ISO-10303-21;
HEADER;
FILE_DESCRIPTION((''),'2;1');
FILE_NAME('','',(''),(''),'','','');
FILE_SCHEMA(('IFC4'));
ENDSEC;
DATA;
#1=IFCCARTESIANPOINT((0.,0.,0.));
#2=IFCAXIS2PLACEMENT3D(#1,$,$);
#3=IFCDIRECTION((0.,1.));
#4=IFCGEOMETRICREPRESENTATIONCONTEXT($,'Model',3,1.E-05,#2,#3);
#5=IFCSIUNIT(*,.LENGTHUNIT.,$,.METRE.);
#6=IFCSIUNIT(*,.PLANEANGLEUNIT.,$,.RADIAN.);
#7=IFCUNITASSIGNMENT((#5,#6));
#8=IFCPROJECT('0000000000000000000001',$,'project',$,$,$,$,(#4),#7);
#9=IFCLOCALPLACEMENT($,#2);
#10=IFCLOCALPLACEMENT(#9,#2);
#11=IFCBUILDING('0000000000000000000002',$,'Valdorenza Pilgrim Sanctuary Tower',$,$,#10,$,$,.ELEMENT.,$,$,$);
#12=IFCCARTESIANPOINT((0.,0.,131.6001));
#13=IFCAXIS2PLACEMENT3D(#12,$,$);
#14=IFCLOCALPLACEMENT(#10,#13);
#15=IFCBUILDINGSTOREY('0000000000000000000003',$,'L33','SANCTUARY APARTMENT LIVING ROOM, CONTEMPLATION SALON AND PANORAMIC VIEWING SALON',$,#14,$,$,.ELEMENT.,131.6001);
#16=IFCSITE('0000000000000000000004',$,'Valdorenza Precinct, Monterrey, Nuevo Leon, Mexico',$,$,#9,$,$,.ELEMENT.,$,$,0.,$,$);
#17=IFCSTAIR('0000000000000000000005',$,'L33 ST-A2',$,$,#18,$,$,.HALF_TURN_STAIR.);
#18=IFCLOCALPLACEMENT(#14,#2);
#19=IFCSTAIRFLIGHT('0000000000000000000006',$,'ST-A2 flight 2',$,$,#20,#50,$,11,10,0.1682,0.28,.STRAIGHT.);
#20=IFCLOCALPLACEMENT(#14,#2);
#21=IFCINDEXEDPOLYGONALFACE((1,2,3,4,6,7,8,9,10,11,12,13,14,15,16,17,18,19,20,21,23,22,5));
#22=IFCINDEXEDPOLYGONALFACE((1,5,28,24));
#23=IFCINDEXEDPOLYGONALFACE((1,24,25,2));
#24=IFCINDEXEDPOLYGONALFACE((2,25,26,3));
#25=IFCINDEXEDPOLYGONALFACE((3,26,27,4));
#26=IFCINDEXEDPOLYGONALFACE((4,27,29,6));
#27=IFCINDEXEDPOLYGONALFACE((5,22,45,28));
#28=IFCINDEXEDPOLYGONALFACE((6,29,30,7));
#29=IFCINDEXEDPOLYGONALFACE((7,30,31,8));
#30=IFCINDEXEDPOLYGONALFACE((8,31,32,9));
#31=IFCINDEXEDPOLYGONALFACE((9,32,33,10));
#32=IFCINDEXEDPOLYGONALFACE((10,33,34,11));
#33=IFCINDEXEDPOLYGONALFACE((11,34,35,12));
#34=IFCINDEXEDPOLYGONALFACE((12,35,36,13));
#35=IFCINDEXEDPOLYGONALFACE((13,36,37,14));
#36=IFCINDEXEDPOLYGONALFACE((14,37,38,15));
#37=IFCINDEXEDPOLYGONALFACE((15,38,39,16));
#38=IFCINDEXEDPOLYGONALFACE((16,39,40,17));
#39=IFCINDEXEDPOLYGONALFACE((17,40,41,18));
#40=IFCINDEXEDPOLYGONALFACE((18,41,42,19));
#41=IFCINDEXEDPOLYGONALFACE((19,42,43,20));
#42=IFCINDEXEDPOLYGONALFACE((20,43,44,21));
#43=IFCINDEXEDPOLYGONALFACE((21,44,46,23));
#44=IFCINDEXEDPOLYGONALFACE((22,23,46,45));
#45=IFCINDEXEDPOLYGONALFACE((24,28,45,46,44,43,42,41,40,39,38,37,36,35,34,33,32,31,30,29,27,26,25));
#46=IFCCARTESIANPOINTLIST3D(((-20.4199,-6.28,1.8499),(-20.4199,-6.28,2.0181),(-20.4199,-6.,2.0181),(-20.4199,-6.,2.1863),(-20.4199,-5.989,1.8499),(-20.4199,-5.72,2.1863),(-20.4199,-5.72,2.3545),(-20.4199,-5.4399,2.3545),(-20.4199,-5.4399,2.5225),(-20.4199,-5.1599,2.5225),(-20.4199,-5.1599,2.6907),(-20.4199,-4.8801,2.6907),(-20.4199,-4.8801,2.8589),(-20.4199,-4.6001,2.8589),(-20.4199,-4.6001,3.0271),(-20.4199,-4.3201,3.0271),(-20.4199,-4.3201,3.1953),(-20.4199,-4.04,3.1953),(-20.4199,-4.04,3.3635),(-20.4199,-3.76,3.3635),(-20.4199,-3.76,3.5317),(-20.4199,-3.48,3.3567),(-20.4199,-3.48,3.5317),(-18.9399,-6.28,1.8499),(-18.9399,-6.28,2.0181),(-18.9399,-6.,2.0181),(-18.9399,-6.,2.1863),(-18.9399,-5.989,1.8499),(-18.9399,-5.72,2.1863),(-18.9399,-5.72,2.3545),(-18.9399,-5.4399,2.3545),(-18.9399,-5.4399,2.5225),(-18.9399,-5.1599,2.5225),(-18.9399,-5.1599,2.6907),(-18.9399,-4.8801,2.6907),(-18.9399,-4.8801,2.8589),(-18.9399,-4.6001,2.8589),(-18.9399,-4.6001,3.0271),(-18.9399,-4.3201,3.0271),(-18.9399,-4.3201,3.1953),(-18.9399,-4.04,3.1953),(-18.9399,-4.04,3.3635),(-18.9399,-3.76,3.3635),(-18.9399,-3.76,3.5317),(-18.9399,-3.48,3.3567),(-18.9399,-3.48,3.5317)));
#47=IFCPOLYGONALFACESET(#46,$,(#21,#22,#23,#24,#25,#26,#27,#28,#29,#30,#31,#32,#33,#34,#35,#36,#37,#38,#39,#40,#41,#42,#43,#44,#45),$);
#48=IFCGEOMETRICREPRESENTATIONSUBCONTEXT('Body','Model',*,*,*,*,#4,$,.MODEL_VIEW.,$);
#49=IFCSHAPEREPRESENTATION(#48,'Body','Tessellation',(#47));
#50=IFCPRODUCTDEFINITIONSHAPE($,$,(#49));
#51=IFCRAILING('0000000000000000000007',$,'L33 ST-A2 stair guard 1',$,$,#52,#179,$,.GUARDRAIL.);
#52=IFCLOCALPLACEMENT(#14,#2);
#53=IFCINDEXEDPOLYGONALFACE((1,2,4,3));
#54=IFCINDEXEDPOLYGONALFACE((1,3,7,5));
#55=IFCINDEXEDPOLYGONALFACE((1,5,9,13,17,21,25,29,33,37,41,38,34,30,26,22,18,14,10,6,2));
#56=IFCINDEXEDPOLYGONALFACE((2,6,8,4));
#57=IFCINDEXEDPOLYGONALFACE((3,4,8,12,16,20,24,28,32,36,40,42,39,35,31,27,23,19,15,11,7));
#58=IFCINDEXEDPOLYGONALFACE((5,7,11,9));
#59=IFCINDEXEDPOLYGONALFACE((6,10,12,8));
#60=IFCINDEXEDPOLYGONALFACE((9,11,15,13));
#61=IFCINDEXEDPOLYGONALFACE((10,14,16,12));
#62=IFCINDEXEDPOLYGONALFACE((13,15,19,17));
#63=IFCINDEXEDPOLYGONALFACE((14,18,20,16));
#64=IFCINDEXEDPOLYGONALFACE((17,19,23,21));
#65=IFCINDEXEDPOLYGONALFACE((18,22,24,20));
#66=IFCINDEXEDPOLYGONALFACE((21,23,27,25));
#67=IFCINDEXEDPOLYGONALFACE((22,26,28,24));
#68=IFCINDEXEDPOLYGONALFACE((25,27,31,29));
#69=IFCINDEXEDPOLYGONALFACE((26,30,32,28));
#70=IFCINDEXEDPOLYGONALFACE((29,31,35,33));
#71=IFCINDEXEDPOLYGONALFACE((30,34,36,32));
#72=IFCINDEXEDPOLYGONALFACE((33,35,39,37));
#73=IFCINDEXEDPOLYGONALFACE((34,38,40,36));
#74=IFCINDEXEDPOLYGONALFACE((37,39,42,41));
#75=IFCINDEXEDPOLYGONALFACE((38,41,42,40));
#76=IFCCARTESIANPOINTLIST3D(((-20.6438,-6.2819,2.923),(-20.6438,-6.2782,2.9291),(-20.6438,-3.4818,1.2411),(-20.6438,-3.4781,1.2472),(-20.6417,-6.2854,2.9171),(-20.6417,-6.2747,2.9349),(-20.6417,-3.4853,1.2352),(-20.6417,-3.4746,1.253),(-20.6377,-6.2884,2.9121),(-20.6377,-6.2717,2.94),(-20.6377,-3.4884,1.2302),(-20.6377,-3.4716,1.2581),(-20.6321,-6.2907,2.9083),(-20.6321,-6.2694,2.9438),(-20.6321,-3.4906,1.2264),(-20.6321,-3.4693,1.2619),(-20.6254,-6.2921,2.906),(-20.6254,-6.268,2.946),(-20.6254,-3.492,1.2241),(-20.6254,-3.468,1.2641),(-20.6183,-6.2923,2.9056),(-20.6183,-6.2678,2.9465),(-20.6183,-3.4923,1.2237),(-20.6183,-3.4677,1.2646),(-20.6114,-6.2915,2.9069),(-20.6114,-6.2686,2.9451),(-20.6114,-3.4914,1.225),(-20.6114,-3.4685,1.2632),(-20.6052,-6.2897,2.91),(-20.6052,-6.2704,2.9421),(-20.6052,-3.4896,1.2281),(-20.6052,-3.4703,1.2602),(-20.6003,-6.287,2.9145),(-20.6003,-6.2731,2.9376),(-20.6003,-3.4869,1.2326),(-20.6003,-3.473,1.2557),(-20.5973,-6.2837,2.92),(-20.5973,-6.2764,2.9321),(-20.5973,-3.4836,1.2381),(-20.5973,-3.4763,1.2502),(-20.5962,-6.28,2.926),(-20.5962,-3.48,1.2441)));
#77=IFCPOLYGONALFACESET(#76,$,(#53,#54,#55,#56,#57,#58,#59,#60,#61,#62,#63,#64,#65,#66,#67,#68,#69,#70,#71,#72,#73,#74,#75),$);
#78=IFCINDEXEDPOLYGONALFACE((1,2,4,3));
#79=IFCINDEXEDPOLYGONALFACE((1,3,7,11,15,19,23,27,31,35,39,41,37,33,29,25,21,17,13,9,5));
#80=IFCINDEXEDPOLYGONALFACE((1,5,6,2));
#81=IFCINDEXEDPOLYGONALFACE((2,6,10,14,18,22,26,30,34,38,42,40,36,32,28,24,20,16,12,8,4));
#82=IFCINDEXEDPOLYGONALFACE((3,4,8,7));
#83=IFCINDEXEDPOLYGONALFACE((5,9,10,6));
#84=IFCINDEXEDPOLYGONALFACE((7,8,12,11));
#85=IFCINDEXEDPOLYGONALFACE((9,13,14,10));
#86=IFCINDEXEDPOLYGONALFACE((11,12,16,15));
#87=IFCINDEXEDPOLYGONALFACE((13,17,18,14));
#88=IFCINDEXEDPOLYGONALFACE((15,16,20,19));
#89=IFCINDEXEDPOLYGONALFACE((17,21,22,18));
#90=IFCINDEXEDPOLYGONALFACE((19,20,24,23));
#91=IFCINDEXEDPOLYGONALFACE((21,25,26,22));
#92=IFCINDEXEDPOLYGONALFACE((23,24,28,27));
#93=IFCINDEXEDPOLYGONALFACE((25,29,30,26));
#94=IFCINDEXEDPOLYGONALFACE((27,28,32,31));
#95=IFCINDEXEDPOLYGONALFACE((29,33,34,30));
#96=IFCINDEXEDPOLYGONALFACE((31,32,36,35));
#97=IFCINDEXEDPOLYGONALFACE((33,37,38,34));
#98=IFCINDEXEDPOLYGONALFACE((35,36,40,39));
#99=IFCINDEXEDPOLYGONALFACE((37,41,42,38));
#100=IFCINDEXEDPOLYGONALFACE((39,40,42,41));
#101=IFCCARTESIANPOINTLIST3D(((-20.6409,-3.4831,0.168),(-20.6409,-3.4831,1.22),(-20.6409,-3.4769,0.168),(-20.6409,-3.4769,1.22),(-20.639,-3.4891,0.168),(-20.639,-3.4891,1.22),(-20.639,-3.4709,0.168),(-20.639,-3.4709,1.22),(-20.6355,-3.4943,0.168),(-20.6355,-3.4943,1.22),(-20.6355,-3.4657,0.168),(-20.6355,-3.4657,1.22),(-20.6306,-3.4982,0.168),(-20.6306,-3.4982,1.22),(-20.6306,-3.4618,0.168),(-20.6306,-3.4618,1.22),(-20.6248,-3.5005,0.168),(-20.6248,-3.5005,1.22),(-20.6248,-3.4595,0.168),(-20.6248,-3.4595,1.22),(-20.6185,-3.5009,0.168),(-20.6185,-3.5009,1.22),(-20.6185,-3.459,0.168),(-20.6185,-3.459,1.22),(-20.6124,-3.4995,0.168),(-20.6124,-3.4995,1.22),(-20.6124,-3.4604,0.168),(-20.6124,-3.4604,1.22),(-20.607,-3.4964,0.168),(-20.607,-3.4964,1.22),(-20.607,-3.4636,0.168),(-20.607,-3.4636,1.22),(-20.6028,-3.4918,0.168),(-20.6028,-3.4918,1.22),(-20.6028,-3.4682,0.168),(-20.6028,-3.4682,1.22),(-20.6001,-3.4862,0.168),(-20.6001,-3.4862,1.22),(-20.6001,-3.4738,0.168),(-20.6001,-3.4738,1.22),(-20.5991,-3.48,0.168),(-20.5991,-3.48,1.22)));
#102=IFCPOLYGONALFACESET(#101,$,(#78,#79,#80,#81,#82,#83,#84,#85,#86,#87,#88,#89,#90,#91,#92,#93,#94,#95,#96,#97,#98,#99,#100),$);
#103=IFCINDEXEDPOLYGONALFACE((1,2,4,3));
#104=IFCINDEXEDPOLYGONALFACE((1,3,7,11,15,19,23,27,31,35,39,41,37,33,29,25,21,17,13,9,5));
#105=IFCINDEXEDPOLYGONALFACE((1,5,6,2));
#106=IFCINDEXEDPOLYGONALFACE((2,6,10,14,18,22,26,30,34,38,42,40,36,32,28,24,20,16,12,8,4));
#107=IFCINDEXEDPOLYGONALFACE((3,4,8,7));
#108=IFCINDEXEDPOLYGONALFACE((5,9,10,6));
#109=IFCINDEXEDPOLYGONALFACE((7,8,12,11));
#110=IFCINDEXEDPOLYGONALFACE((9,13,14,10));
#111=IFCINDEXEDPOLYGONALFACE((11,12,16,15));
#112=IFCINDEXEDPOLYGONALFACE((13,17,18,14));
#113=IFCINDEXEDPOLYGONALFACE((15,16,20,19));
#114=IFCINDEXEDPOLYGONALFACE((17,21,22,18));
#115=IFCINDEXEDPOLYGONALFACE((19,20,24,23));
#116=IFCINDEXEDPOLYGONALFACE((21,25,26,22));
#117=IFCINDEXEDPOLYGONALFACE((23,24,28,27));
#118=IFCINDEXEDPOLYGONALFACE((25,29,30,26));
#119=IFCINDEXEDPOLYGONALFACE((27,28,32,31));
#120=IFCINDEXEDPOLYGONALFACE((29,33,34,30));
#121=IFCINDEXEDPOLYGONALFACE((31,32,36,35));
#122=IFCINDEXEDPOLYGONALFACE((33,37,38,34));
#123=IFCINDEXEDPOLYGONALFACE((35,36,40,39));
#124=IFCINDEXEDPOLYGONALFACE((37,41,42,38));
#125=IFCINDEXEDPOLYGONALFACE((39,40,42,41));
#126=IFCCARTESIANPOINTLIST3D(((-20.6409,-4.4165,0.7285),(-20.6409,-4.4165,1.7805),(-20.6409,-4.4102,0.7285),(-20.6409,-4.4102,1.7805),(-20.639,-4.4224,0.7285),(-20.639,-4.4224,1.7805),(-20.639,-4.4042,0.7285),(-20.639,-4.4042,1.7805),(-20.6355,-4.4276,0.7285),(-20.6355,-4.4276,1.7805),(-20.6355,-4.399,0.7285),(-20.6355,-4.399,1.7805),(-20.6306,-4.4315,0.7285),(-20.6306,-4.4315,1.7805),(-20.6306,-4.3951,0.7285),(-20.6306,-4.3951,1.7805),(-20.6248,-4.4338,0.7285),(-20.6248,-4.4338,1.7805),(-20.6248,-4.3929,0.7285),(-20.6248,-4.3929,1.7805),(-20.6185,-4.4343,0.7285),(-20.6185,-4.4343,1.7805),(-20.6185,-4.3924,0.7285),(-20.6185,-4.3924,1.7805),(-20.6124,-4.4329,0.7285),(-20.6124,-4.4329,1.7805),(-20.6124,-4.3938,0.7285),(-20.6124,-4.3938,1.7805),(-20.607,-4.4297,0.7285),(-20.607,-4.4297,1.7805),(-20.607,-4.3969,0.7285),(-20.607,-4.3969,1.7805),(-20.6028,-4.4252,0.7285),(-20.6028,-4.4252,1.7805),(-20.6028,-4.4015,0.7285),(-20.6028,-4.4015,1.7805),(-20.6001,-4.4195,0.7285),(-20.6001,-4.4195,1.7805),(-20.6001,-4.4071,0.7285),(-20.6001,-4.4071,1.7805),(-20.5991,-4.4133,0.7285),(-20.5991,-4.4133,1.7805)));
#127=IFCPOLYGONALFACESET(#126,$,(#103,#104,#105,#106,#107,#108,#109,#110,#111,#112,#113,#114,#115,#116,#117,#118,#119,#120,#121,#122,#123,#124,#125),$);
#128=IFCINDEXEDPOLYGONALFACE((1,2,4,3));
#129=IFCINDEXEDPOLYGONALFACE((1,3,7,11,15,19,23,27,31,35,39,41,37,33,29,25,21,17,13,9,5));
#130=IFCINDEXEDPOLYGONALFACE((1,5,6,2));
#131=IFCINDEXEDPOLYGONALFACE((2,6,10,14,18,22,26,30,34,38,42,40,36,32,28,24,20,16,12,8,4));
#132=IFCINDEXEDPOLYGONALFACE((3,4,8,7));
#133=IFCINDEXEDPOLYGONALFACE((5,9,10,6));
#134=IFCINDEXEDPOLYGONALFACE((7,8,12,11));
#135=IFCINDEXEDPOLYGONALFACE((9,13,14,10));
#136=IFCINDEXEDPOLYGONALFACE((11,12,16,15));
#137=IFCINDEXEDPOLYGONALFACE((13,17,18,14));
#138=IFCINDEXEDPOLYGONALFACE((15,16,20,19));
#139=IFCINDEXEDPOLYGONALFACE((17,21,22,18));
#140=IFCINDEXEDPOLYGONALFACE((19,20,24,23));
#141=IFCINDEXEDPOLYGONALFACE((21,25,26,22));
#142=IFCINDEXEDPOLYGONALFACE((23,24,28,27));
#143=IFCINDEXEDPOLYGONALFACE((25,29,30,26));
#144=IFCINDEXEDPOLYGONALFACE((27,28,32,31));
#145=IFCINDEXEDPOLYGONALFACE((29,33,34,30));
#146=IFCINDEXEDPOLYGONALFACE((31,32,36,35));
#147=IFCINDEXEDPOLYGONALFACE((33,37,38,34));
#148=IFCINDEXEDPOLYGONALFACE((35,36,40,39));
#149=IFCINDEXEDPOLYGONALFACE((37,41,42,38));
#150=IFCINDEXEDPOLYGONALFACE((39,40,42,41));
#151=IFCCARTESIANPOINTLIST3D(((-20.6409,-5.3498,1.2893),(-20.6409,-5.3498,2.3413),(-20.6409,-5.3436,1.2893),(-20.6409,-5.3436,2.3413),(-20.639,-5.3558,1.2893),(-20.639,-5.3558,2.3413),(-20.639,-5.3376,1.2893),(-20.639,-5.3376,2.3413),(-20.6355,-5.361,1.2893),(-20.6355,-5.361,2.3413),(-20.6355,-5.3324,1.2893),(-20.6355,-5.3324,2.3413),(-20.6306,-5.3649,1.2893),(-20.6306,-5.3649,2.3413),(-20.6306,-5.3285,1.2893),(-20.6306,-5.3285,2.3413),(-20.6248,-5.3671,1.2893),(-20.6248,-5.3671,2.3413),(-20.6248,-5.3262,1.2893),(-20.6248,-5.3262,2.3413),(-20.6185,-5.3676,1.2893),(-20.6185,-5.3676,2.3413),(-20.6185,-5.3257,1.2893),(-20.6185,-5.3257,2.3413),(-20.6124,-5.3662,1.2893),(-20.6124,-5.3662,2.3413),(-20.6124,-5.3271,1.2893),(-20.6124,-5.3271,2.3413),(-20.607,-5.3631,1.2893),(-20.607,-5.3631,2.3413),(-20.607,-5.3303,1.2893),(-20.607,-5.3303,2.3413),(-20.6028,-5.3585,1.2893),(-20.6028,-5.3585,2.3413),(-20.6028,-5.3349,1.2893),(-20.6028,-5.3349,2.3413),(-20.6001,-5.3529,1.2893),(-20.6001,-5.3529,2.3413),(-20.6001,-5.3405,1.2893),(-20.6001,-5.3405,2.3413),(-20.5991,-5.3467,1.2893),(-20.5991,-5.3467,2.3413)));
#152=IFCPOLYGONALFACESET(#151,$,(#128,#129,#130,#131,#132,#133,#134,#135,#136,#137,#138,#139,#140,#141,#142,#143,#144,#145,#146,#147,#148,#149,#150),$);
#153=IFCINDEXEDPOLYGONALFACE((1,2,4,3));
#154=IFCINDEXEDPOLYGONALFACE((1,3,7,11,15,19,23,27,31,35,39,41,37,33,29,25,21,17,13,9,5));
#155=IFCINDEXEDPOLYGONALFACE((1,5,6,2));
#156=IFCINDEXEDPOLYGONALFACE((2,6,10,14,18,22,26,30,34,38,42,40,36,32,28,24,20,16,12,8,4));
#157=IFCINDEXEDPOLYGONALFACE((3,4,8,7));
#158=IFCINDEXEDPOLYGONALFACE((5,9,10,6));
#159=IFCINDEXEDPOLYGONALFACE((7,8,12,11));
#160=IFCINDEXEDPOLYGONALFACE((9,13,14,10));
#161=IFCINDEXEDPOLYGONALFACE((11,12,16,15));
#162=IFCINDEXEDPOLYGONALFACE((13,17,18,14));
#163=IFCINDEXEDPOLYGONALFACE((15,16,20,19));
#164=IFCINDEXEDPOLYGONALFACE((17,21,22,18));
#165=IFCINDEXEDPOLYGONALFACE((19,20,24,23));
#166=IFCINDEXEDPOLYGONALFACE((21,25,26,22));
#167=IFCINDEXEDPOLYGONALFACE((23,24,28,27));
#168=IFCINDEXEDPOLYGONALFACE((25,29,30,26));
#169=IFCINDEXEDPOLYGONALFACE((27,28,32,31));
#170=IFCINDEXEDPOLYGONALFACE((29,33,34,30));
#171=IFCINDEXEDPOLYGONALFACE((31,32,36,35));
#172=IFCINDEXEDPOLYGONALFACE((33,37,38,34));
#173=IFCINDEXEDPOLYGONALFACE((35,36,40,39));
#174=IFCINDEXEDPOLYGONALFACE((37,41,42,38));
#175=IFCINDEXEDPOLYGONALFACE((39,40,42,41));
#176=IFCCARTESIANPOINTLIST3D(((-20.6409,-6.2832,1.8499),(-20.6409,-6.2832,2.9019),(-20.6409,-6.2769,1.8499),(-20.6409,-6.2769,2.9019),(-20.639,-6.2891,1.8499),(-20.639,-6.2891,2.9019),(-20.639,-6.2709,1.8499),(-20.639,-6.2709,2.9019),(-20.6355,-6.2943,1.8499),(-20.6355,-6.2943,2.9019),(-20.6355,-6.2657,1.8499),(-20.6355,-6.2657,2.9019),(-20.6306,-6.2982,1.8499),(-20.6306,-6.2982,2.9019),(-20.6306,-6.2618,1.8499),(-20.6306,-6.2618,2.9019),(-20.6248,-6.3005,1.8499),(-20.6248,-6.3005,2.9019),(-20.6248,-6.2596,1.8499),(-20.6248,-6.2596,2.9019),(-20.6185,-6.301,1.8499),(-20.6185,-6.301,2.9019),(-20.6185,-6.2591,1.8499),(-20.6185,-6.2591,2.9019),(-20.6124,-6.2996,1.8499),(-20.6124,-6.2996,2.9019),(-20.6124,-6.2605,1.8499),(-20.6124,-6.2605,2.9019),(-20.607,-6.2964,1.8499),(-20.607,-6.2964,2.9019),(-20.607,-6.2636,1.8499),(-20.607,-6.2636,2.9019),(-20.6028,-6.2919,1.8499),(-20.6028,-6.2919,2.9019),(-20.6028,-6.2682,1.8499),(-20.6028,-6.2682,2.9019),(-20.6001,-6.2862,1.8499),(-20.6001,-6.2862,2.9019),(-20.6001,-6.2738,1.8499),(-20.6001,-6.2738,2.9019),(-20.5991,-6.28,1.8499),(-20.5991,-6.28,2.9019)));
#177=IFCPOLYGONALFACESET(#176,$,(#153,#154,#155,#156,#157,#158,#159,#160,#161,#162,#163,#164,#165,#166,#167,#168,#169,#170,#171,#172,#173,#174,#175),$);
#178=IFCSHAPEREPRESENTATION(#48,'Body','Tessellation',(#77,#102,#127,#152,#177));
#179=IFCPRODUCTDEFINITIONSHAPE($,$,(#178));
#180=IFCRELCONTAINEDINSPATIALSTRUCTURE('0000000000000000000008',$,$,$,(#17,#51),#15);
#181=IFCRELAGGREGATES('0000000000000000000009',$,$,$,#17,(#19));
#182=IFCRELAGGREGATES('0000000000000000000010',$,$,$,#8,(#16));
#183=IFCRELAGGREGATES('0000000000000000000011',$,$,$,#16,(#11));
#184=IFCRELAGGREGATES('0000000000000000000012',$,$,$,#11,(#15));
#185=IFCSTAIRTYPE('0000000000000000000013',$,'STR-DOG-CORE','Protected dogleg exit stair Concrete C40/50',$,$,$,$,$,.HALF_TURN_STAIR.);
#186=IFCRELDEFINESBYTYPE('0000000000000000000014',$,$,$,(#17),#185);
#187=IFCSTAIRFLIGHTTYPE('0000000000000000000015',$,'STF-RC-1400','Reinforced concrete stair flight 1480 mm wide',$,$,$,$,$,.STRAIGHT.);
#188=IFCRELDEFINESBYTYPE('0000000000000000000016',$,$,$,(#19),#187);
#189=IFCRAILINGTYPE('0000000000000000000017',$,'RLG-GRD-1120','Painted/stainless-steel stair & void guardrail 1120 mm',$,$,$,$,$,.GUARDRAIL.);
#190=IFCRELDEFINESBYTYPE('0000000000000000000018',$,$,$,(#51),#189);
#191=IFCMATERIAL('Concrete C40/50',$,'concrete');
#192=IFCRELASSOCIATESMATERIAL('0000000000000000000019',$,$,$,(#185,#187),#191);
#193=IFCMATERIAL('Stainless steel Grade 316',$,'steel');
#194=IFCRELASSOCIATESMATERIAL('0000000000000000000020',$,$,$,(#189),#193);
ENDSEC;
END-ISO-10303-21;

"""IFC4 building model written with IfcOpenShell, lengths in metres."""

from ifc_helpers import new_model, si_unit, direction, frame, origin, origin_2d, place, context, subcontext, project, spatial, polyline, circle, outline, extrude, material, type_object, element, aggregate, save


model = new_model("IFC4")

# Units and contexts
model_context = context("Model", 3, precision=1e-05, world=origin(), true_north=direction((0.0, 1.0)))
body_context = subcontext(model_context, "Body", "Model", "MODEL_VIEW")
ifc_project = project(units=[si_unit("LENGTHUNIT", "METRE"), si_unit("PLANEANGLEUNIT", "RADIAN")], contexts=[model_context])

# Site, building, storey
site_placement = place(None, origin())
site = spatial("IfcSite", under=ifc_project, at=site_placement, Name="Valdorenza Precinct, Monterrey, Nuevo Leon, Mexico", CompositionType="ELEMENT", RefElevation=0.0)
building_placement = place(site_placement, origin())
building = spatial("IfcBuilding", under=site, at=building_placement, Name="Valdorenza Pilgrim Sanctuary Tower", CompositionType="ELEMENT")
storey_placement = place(building_placement, frame((0.0, 0.0, 131.6001)))
storey = spatial("IfcBuildingStorey", under=building, at=storey_placement, Name="L33", Description="SANCTUARY APARTMENT LIVING ROOM, CONTEMPLATION SALON AND PANORAMIC VIEWING SALON", CompositionType="ELEMENT", Elevation=131.6001)

# Shared definitions
ifc_material_1 = material(Name="Concrete C40/50", Category="concrete")

# Stair, stair flight
stair_type = type_object("IfcStairType", Name="STR-DOG-CORE", Description="Protected dogleg exit stair Concrete C40/50", PredefinedType="HALF_TURN_STAIR", material=ifc_material_1)
stair_placement = place(storey_placement, origin())
stair = element("IfcStair", 1, at=stair_placement, inside=storey, type_object=stair_type, Name="L33 ST-A2", PredefinedType="HALF_TURN_STAIR")
stair_flight_type = type_object("IfcStairFlightType", Name="STF-RC-1400", Description="Reinforced concrete stair flight 1480 mm wide", PredefinedType="STRAIGHT", material=ifc_material_1)
stair_flight_1_placement = place(storey_placement, frame((-19.6799, -6.28, 1.8499), z_axis=(0.0, 0.0, 1.0), x_axis=(0.0, 1.0, 0.0)))
stair_flight_1 = element("IfcStairFlight", 2, at=stair_flight_1_placement, type_object=stair_flight_type, Name="ST-A2 flight 2", NumberOfRisers=11, NumberOfTreads=10, PredefinedType="STRAIGHT", RiserHeight=0.1682, TreadLength=0.28, context=body_context, shape_type="SweptSolid", body=[
    extrude(outline(polyline([(0.0, 0.0), (0.0, 0.1682), (0.28, 0.1682), (0.28, 0.3364), (0.5601, 0.3364), (0.5601, 0.5046), (0.8401, 0.5046), (0.8401, 0.6726), (1.1201, 0.6726), (1.1201, 0.8408), (1.3999, 0.8408), (1.3999, 1.009), (1.6799, 1.009), (1.6799, 1.1772), (1.96, 1.1772), (1.96, 1.3455), (2.24, 1.3455), (2.24, 1.5137), (2.52, 1.5137), (2.52, 1.6819), (2.8, 1.6819), (2.8, 1.8501), (2.8, 1.5068), (0.291, 0.0), (0.0, 0.0)])), frame((0.0, 0.74, 0.0), z_axis=(0.0, -1.0, 0.0), x_axis=(1.0, 0.0, 0.0)), (0.0, 0.0, 1.0), 1.48),
])
aggregate(stair, [stair_flight_1])

# Railing
ifc_material_2 = material(Name="Stainless steel Grade 316", Category="steel")
railing_type_1 = type_object("IfcRailingType", Name="RLG-GRD-1120", Description="Painted/stainless-steel stair & void guardrail 1120 mm", PredefinedType="GUARDRAIL", material=ifc_material_2)
railing_1_placement = place(storey_placement, frame((-20.6201, -3.48, 0.168)))
element("IfcRailing", 3, at=railing_1_placement, inside=storey, type_object=railing_type_1, Name="L33 ST-A2 stair guard 1", PredefinedType="GUARDRAIL", context=body_context, shape_type="SweptSolid", body=[
    extrude(circle(Radius=0.0239, at=origin_2d()), frame((0.0, 0.0, 1.0762), z_axis=(0.0, -0.857242, 0.514913), x_axis=(1.0, 0.0, 0.0)), (0.0, 0.0, 1.0), 3.2664),
    extrude(circle(Radius=0.021, at=origin_2d()), origin(), (0.0, 0.0, 1.0), 1.052),
    extrude(circle(Radius=0.021, at=origin_2d()), frame((0.0, -0.9333, 0.5605)), (0.0, 0.0, 1.0), 1.052),
    extrude(circle(Radius=0.021, at=origin_2d()), frame((0.0, -1.8667, 1.1213)), (0.0, 0.0, 1.0), 1.052),
    extrude(circle(Radius=0.021, at=origin_2d()), frame((0.0, -2.8, 1.6819)), (0.0, 0.0, 1.0), 1.052),
])

save(model, "model.ifc")
